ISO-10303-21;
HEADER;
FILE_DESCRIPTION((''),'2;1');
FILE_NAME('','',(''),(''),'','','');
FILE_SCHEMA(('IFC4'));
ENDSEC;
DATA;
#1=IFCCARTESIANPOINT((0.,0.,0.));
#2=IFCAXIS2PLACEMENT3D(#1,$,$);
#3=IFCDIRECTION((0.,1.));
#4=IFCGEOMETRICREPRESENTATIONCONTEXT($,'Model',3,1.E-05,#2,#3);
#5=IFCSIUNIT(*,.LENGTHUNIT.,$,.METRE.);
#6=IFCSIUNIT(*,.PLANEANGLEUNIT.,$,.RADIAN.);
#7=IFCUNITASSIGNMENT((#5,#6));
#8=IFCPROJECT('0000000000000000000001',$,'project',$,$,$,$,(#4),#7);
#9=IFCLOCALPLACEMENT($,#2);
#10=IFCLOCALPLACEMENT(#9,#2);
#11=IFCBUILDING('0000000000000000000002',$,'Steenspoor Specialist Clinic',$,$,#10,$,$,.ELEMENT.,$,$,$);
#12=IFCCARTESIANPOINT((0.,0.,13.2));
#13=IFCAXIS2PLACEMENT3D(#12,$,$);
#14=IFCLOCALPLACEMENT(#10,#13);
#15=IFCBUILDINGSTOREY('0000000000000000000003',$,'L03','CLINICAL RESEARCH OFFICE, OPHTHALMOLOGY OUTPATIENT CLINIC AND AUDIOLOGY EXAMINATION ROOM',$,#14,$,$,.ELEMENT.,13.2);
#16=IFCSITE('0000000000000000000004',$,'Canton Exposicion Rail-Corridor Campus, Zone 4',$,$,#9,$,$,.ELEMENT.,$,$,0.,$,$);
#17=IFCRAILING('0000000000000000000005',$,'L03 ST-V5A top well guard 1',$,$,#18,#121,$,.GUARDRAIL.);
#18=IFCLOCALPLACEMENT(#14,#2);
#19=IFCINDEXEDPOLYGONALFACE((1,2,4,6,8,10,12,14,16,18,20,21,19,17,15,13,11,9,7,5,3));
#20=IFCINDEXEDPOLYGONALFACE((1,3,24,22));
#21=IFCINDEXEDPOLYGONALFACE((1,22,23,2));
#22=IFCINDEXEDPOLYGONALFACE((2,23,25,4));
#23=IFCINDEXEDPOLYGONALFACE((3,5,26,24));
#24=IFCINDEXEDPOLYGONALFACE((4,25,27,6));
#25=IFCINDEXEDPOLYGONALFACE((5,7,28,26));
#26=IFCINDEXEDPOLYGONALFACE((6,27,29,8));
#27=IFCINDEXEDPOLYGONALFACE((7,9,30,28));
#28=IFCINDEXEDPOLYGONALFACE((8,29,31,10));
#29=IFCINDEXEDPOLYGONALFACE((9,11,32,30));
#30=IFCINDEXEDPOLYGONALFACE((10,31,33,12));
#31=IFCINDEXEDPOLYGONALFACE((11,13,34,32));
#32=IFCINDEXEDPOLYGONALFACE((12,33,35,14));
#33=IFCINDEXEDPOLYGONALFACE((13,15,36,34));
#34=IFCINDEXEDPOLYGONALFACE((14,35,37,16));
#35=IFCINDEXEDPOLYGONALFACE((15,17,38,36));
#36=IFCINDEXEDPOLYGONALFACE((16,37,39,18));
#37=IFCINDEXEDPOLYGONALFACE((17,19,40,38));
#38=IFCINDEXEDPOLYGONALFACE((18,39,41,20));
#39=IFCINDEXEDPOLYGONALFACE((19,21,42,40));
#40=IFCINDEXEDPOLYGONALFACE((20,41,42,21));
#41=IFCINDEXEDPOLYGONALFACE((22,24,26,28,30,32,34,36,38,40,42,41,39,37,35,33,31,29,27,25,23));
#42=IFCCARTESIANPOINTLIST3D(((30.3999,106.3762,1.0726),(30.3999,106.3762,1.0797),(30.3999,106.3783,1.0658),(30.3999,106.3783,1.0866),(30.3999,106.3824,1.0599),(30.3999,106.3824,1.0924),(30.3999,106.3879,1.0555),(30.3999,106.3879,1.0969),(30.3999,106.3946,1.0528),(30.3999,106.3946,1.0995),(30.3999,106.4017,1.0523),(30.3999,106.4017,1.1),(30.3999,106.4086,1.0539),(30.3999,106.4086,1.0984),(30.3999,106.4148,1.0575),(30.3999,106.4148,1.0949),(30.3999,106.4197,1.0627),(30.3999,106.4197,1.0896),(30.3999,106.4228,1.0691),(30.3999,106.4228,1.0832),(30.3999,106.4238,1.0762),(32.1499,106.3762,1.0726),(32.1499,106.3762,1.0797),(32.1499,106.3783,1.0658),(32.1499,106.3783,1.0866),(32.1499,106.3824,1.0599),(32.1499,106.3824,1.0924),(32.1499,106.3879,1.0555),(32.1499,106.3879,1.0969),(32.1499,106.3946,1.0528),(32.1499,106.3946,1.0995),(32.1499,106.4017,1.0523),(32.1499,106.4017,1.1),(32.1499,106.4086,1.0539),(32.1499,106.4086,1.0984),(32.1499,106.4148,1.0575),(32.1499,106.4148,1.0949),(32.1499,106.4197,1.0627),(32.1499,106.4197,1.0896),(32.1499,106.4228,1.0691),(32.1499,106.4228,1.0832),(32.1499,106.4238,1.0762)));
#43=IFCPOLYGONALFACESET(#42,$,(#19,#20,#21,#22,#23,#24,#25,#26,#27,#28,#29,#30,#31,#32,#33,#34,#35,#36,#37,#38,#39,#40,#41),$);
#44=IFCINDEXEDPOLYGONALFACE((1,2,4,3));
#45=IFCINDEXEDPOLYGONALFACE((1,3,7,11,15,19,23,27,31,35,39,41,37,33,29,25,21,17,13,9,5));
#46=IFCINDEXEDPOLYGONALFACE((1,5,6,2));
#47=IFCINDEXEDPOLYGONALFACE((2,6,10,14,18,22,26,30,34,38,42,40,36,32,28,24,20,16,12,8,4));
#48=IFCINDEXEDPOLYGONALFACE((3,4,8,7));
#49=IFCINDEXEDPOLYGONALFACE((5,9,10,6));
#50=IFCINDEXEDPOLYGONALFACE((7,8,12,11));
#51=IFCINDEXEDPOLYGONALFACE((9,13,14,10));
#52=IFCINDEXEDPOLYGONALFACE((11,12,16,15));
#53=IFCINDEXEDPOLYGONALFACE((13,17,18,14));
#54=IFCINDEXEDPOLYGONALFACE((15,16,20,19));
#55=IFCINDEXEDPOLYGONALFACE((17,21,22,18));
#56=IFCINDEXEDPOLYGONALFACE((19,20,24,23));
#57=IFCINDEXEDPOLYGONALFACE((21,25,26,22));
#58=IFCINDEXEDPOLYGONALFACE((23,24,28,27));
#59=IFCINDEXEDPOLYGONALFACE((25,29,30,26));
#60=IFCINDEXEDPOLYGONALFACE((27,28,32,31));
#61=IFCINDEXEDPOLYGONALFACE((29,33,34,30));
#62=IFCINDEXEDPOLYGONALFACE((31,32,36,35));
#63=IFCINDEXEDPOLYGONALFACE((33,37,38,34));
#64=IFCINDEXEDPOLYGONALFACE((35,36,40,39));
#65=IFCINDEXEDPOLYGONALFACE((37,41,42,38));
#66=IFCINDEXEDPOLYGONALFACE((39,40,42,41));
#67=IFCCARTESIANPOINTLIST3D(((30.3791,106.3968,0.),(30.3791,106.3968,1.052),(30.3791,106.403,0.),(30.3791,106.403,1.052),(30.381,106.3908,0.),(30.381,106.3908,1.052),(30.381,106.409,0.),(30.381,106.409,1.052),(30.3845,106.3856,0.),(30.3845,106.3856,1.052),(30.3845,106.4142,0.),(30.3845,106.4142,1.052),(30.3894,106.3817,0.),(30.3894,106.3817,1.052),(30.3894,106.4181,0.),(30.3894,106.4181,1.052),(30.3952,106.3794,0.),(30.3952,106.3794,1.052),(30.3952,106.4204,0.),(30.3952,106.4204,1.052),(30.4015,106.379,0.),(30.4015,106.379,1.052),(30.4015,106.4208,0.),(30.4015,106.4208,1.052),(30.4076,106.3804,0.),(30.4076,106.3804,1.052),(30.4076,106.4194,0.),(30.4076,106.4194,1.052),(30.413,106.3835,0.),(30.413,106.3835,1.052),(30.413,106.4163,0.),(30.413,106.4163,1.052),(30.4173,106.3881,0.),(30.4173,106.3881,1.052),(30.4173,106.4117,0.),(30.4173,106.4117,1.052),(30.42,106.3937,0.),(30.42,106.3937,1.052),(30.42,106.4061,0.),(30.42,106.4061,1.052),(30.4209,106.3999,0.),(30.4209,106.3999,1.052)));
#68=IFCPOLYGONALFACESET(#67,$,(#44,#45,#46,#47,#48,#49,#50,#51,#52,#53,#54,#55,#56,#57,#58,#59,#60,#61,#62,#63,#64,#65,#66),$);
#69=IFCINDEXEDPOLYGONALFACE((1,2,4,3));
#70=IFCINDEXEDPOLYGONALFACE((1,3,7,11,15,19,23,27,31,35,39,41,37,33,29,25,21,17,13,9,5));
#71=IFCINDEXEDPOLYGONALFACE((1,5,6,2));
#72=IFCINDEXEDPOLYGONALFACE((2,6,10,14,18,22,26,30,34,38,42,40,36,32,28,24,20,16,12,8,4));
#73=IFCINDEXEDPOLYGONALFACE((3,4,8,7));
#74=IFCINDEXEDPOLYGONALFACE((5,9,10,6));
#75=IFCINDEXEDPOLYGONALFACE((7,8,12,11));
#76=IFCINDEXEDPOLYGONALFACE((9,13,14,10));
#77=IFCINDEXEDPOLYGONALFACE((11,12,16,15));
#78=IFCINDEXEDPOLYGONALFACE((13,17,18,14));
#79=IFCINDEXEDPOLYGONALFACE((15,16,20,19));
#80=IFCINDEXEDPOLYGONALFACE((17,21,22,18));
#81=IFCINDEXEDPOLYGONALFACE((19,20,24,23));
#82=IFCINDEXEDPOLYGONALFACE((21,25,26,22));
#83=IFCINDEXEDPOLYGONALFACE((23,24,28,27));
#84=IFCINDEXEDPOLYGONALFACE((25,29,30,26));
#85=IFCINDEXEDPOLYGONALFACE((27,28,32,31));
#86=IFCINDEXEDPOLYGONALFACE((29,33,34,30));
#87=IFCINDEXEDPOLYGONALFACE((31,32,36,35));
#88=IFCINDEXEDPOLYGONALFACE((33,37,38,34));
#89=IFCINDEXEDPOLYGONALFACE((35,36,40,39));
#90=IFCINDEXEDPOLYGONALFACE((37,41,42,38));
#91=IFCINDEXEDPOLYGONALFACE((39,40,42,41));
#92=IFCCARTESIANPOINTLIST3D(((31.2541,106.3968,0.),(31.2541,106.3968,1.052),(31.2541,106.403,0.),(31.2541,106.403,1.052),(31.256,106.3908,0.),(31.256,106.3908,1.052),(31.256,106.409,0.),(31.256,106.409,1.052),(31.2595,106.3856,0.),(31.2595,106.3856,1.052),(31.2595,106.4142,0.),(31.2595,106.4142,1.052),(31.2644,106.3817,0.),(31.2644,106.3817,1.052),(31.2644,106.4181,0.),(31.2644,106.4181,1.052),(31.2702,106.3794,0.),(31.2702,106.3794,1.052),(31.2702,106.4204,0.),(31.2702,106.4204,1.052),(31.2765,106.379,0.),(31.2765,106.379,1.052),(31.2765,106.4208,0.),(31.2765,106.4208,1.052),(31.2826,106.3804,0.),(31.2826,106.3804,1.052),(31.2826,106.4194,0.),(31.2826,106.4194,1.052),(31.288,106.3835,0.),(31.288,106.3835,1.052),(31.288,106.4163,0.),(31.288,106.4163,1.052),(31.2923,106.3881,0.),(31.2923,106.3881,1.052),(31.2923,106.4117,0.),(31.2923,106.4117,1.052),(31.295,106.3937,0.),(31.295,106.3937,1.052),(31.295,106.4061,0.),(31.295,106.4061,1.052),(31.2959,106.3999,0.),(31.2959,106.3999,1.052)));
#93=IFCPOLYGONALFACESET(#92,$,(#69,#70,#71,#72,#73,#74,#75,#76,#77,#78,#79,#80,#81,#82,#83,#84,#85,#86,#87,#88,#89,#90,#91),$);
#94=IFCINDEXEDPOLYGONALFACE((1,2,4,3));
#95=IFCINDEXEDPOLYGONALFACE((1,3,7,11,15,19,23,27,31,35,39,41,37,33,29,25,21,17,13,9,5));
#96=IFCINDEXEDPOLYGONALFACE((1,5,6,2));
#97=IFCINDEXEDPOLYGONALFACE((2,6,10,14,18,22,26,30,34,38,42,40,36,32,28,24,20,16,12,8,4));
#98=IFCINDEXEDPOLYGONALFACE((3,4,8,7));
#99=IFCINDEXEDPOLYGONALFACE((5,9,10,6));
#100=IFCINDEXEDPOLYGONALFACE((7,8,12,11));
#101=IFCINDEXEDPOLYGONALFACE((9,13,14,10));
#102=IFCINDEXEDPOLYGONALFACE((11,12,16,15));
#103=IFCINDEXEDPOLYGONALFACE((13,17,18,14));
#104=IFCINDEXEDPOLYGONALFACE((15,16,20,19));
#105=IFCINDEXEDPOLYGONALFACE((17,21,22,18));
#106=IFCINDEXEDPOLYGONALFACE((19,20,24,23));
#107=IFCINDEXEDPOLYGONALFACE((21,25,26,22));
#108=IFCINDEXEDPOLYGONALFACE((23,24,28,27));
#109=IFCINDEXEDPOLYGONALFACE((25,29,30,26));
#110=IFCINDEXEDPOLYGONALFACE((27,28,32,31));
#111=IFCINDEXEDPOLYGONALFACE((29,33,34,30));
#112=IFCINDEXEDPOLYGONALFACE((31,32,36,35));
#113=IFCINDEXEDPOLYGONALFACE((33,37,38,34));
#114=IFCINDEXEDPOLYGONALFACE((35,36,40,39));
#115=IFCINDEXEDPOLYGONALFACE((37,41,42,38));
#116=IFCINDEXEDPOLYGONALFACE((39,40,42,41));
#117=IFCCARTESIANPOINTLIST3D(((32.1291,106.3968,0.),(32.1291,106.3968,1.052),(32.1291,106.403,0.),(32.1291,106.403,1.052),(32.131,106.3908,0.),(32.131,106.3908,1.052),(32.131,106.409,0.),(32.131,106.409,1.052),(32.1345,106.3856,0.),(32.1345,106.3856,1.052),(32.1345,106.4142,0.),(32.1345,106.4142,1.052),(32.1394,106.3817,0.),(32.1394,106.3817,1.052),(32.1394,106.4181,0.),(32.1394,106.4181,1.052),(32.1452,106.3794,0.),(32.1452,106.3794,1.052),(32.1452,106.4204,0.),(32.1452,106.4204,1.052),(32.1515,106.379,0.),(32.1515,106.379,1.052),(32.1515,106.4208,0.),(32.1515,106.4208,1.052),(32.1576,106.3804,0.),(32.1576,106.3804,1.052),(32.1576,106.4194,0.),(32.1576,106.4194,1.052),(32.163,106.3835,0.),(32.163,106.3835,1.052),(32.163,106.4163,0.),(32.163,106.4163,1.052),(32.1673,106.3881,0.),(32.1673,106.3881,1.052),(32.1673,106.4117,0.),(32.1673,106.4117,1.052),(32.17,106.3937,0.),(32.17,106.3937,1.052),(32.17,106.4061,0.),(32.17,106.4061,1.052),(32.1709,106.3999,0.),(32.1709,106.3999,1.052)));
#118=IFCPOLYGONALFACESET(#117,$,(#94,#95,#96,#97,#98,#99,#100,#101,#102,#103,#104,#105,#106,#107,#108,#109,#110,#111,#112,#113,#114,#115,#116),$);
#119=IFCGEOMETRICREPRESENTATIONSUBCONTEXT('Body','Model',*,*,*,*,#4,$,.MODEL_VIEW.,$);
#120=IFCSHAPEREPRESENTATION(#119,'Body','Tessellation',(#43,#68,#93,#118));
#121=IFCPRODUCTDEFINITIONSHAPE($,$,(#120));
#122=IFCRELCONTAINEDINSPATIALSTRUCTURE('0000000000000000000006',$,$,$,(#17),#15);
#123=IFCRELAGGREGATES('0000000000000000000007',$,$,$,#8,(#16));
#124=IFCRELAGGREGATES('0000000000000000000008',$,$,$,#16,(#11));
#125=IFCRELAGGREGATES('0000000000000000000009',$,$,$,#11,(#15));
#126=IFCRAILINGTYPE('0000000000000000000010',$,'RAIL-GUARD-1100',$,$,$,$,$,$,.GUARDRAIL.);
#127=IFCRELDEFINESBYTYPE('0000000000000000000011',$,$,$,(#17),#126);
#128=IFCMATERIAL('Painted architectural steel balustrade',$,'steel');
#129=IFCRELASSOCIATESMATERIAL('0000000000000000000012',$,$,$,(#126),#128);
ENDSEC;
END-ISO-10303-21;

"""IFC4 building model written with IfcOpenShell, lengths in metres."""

from ifc_helpers import new_model, si_unit, direction, frame, origin, origin_2d, place, context, subcontext, project, spatial, circle, extrude, material, type_object, element, save


model = new_model("IFC4")

# Units and contexts
model_context = context("Model", 3, precision=1e-05, world=origin(), true_north=direction((0.0, 1.0)))
body_context = subcontext(model_context, "Body", "Model", "MODEL_VIEW")
ifc_project = project(units=[si_unit("LENGTHUNIT", "METRE"), si_unit("PLANEANGLEUNIT", "RADIAN")], contexts=[model_context])

# Site, building, storey
site_placement = place(None, origin())
site = spatial("IfcSite", under=ifc_project, at=site_placement, Name="Canton Exposicion Rail-Corridor Campus, Zone 4", CompositionType="ELEMENT", RefElevation=0.0)
building_placement = place(site_placement, origin())
building = spatial("IfcBuilding", under=site, at=building_placement, Name="Steenspoor Specialist Clinic", CompositionType="ELEMENT")
storey_placement = place(building_placement, frame((0.0, 0.0, 13.2)))
storey = spatial("IfcBuildingStorey", under=building, at=storey_placement, Name="L03", Description="CLINICAL RESEARCH OFFICE, OPHTHALMOLOGY OUTPATIENT CLINIC AND AUDIOLOGY EXAMINATION ROOM", CompositionType="ELEMENT", Elevation=13.2)

# Railing
ifc_material_1 = material(Name="Painted architectural steel balustrade", Category="steel")
railing_type = type_object("IfcRailingType", Name="RAIL-GUARD-1100", PredefinedType="GUARDRAIL", material=ifc_material_1)
railing_placement = place(storey_placement, frame((30.3999, 106.3999, 0.0)))
element("IfcRailing", 1, at=railing_placement, inside=storey, type_object=railing_type, Name="L03 ST-V5A top well guard 1", PredefinedType="GUARDRAIL", context=body_context, shape_type="SweptSolid", body=[
    extrude(circle(Radius=0.0239, at=origin_2d()), frame((0.0, 0.0, 1.0762), z_axis=(1.0, 0.0, 0.0), x_axis=(0.0, 1.0, 0.0)), (0.0, 0.0, 1.0), 1.75),
    extrude(circle(Radius=0.021, at=origin_2d()), origin(), (0.0, 0.0, 1.0), 1.052),
    extrude(circle(Radius=0.021, at=origin_2d()), frame((0.875, 0.0, 0.0)), (0.0, 0.0, 1.0), 1.052),
    extrude(circle(Radius=0.021, at=origin_2d()), frame((1.75, 0.0, 0.0)), (0.0, 0.0, 1.0), 1.052),
])

save(model, "model.ifc")
